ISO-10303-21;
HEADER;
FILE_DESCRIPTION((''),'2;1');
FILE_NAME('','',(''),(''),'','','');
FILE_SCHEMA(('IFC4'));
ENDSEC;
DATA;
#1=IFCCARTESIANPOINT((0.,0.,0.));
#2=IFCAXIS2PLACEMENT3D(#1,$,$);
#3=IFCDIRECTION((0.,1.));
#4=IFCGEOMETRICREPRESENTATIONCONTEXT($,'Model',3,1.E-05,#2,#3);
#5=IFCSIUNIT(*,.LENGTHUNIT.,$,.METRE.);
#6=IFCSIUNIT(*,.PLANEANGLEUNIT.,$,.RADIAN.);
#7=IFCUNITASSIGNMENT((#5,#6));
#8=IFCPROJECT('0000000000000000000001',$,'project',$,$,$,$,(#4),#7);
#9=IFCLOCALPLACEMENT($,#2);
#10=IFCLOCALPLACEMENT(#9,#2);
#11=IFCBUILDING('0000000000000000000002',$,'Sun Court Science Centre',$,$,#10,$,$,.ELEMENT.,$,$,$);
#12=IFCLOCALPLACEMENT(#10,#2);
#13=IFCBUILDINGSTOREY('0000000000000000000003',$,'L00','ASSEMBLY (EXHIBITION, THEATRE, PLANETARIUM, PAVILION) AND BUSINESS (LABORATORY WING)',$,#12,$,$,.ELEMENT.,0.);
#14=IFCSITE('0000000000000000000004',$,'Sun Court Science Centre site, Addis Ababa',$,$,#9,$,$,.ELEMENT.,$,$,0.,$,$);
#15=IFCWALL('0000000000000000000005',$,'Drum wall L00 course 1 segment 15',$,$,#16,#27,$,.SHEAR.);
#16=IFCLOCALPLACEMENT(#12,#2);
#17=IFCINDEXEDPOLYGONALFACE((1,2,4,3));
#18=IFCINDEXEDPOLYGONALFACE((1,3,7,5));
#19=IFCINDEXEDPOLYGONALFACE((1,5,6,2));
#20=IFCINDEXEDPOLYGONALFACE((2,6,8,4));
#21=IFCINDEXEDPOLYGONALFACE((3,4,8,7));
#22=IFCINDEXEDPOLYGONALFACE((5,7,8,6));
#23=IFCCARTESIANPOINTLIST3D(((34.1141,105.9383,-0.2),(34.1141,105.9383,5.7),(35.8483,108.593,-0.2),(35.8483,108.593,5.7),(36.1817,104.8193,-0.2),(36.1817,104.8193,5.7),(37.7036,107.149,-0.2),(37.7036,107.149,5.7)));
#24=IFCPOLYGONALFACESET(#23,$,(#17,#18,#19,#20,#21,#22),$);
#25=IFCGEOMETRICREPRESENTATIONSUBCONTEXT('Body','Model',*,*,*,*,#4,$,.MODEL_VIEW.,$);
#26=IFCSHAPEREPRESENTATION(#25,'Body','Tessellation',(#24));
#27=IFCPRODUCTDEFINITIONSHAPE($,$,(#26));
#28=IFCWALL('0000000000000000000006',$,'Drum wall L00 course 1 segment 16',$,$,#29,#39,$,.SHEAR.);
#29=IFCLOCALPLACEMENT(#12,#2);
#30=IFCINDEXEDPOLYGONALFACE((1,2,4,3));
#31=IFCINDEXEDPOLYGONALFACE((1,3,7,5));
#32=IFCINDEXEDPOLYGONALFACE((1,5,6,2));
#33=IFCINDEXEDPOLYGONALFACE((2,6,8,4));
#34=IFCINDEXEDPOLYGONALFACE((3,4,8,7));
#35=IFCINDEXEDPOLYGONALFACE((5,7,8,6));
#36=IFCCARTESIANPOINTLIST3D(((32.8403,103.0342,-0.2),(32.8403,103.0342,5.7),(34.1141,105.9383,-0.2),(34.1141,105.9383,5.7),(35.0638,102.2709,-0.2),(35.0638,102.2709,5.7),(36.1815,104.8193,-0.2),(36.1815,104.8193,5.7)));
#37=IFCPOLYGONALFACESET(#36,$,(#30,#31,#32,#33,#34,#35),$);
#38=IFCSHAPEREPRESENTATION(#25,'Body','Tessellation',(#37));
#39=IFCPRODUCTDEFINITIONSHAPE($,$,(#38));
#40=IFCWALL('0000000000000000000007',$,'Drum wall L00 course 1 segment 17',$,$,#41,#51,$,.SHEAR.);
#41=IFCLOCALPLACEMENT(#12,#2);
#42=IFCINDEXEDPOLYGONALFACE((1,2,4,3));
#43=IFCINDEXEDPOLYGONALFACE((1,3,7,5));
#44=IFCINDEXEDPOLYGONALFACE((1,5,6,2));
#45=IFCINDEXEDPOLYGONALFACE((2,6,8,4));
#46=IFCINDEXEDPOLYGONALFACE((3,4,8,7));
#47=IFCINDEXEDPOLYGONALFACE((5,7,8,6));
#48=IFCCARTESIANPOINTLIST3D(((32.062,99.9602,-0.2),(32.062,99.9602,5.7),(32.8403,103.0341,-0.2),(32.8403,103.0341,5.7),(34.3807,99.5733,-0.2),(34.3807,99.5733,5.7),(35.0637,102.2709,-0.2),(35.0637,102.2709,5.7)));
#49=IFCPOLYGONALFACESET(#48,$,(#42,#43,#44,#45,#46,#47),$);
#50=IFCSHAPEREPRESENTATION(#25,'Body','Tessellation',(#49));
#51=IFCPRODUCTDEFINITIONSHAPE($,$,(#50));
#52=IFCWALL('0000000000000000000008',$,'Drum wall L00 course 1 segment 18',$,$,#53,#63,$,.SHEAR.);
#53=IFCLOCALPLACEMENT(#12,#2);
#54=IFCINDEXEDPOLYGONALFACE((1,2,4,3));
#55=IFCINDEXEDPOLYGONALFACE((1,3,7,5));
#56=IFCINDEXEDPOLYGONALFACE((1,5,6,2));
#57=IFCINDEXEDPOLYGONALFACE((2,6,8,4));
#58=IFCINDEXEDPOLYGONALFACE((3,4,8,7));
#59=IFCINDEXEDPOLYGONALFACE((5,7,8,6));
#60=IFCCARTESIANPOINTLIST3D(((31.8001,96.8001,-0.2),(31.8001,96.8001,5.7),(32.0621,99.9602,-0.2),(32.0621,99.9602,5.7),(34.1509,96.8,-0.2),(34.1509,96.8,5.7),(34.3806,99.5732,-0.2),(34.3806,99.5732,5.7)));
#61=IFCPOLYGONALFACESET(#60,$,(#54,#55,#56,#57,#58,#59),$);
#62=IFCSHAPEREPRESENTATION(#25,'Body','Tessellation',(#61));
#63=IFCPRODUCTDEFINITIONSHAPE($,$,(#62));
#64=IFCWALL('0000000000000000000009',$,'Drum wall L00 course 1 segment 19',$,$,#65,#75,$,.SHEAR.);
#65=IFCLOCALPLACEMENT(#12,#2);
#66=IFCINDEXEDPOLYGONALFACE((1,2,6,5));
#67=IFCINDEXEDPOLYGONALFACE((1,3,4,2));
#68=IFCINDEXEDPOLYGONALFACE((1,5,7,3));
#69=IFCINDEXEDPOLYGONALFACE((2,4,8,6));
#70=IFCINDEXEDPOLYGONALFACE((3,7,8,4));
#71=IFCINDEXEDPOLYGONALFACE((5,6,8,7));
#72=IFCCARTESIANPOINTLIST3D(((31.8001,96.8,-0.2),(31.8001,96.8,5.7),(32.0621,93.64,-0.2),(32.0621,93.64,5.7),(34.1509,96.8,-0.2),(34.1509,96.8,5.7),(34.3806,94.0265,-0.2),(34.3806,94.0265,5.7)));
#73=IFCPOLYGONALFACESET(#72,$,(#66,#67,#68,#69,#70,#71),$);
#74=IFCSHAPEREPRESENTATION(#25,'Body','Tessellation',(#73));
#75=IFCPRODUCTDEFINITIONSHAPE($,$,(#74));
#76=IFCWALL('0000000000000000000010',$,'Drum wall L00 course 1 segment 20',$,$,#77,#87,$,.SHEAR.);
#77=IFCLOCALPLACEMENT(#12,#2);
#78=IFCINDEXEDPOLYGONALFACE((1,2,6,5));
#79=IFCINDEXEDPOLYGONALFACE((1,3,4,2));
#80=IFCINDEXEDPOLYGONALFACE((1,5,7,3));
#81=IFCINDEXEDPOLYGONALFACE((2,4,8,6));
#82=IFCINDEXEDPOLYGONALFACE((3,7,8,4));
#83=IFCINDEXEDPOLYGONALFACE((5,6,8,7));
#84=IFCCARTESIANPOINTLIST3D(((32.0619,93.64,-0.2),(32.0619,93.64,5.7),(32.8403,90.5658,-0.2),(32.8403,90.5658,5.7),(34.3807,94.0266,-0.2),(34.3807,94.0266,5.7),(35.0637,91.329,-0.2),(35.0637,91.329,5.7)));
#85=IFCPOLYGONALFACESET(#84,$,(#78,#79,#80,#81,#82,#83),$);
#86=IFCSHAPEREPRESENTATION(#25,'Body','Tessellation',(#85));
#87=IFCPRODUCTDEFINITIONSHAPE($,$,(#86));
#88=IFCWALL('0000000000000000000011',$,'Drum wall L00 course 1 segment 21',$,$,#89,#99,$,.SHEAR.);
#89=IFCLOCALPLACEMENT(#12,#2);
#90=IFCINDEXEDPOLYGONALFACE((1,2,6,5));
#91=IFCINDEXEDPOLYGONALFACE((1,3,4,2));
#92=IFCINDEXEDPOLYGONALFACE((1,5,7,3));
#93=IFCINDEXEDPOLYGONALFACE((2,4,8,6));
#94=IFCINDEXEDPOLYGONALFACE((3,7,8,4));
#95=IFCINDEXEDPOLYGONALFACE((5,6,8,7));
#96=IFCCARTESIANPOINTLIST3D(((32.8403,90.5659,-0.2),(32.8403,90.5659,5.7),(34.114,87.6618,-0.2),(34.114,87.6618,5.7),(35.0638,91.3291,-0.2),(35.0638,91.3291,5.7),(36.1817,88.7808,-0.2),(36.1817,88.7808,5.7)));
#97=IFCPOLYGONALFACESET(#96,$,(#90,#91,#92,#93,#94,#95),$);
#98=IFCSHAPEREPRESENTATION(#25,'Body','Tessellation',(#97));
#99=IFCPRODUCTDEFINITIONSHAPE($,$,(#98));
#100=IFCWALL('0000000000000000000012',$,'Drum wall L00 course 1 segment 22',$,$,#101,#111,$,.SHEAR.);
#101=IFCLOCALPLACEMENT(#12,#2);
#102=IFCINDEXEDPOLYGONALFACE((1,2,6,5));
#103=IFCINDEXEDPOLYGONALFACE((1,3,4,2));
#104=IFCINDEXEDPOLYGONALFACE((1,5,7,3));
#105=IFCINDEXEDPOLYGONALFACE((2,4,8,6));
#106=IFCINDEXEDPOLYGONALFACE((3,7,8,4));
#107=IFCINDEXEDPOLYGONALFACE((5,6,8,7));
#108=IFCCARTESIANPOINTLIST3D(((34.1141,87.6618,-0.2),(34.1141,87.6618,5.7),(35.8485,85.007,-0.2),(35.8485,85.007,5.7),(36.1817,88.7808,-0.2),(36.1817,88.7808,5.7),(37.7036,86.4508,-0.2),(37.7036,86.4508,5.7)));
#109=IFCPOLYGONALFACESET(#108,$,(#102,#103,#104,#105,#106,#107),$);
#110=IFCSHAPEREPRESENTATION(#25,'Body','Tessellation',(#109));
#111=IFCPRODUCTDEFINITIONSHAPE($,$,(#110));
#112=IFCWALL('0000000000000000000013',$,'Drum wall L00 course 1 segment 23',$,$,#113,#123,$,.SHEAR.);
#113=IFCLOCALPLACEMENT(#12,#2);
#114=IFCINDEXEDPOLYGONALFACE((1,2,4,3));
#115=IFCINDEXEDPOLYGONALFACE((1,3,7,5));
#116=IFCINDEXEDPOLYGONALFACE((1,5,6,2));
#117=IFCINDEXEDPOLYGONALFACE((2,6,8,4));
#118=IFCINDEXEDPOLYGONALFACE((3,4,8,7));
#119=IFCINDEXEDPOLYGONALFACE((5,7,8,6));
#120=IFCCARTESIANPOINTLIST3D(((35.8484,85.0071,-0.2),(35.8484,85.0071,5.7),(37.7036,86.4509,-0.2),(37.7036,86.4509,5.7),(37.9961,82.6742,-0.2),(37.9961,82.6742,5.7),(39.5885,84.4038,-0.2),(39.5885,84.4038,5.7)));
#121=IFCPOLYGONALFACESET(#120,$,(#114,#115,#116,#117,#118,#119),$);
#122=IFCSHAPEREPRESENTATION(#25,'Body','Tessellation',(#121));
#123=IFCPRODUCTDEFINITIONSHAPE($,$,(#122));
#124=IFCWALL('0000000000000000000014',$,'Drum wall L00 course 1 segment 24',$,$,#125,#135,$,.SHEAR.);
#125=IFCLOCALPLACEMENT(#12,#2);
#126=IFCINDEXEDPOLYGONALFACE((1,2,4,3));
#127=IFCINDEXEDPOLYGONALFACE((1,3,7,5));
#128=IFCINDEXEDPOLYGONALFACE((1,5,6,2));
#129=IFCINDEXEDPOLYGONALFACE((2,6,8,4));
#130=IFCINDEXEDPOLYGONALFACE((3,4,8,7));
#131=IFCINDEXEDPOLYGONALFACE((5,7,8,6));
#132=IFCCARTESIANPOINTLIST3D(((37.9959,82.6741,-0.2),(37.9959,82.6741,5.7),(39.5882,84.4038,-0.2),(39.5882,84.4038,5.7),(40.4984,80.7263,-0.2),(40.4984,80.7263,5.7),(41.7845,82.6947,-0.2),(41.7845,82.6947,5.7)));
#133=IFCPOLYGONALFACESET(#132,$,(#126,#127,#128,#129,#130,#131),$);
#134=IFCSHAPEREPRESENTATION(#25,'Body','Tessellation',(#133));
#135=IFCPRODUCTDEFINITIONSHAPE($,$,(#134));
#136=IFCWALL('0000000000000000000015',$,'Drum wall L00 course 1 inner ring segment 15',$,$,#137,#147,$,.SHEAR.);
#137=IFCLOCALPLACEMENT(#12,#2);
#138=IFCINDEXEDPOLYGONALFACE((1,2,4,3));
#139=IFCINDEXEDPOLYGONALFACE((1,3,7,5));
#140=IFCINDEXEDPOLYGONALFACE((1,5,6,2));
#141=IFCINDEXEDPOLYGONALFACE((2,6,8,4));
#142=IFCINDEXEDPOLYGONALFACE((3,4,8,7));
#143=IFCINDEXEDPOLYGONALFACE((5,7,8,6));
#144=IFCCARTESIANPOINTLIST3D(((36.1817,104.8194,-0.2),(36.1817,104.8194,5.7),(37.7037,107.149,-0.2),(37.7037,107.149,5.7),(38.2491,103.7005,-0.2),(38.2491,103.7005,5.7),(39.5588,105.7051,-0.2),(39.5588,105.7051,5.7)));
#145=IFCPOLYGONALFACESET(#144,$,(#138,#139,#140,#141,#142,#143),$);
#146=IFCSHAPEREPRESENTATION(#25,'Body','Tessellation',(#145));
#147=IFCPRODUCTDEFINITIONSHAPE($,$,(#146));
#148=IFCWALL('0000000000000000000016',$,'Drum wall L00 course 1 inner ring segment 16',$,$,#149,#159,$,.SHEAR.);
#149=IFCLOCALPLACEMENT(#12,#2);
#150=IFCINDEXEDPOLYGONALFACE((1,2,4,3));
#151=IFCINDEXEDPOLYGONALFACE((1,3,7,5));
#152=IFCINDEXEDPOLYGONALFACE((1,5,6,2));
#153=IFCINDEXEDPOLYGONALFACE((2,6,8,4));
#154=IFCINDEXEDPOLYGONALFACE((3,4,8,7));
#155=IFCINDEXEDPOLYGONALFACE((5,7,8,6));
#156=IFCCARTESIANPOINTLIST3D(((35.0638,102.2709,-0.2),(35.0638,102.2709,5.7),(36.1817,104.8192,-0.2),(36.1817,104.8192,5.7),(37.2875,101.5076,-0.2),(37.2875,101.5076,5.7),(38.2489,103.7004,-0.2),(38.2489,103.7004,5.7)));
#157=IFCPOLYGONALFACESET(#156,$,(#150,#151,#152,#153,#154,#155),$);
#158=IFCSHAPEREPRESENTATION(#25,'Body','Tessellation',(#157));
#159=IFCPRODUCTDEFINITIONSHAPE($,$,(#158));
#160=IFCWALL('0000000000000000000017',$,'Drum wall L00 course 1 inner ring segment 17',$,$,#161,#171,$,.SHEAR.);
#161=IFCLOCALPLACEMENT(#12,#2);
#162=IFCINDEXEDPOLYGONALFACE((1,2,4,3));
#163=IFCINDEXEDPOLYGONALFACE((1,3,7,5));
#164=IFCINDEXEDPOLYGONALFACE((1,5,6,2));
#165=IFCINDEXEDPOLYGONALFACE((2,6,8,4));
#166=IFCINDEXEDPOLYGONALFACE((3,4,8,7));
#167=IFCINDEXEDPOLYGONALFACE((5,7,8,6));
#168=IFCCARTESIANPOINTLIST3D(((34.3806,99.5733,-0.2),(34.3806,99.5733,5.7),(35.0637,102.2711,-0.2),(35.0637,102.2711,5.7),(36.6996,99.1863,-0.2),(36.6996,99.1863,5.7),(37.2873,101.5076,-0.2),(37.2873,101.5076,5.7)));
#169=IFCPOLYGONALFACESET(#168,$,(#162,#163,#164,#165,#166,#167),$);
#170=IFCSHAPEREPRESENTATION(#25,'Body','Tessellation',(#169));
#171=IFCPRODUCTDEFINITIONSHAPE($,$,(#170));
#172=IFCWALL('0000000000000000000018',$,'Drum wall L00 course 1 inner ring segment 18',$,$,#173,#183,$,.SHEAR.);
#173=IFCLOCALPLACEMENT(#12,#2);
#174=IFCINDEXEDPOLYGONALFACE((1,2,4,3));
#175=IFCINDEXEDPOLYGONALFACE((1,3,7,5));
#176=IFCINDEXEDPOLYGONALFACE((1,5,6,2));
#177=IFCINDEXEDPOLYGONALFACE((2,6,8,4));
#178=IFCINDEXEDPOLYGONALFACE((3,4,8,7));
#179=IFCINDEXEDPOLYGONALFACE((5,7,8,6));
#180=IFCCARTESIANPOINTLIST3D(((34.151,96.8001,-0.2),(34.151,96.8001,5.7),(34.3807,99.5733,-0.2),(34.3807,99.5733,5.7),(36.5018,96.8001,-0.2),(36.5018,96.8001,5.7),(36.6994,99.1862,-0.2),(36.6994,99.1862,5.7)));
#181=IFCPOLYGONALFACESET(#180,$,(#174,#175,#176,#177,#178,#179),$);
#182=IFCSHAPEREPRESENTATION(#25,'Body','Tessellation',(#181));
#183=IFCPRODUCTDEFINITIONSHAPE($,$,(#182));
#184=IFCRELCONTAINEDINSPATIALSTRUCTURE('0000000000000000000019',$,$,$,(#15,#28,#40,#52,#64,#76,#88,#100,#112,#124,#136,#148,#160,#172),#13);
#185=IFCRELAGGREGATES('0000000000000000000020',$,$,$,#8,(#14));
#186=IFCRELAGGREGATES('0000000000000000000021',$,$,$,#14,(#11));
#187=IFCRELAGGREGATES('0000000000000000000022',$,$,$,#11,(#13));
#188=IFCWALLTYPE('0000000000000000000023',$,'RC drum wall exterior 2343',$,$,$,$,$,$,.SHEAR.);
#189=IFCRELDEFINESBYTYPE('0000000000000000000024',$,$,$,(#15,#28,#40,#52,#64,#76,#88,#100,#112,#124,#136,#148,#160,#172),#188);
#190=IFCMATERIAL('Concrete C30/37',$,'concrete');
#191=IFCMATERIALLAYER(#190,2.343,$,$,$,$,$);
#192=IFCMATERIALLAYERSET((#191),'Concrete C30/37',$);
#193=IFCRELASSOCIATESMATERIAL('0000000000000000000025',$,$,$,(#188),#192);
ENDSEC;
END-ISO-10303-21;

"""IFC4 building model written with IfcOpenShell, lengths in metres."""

from ifc_helpers import new_model, si_unit, direction, frame, origin, place, context, subcontext, project, spatial, polyline, outline, extrude, material, layer, layer_set, type_object, element, save


model = new_model("IFC4")

# Units and contexts
model_context = context("Model", 3, precision=1e-05, world=origin(), true_north=direction((0.0, 1.0)))
body_context = subcontext(model_context, "Body", "Model", "MODEL_VIEW")
ifc_project = project(units=[si_unit("LENGTHUNIT", "METRE"), si_unit("PLANEANGLEUNIT", "RADIAN")], contexts=[model_context])

# Site, building, storey
site_placement = place(None, origin())
site = spatial("IfcSite", under=ifc_project, at=site_placement, Name="Sun Court Science Centre site, Addis Ababa", CompositionType="ELEMENT", RefElevation=0.0)
building_placement = place(site_placement, origin())
building = spatial("IfcBuilding", under=site, at=building_placement, Name="Sun Court Science Centre", CompositionType="ELEMENT")
storey_placement = place(building_placement, origin())
storey = spatial("IfcBuildingStorey", under=building, at=storey_placement, Name="L00", Description="ASSEMBLY (EXHIBITION, THEATRE, PLANETARIUM, PAVILION) AND BUSINESS (LABORATORY WING)", CompositionType="ELEMENT", Elevation=0.0)

# Walls
ifc_material_1 = material(Name="Concrete C30/37", Category="concrete")
ifc_layer_1 = layer(ifc_material_1, 2.343)
ifc_layer_set_1 = layer_set([ifc_layer_1], Name="Concrete C30/37")
wall_type_1 = type_object("IfcWallType", Name="RC drum wall exterior 2343", PredefinedType="SHEAR", material=ifc_layer_set_1)
wall_1_placement = place(storey_placement, frame((36.8291, 107.9521, -0.2), z_axis=(0.0, 0.0, 1.0), x_axis=(-0.546965, -0.837155, 0.0)))
element("IfcWall", 1, at=wall_1_placement, inside=storey, type_object=wall_type_1, Name="Drum wall L00 course 1 segment 15", PredefinedType="SHEAR", context=body_context, shape_type="SweptSolid", body=[
    extrude(outline(polyline([(0.0, -1.1716), (3.1709, -1.1714), (2.9768, 1.1716), (0.1941, 1.1714), (0.0, -1.1716)])), origin(), (0.0, 0.0, 1.0), 5.8999),
])
wall_2_placement = place(storey_placement, frame((35.1868, 105.4675, -0.2), z_axis=(0.0, 0.0, 1.0), x_axis=(-0.401683, -0.915779, 0.0)))
element("IfcWall", 2, at=wall_2_placement, inside=storey, type_object=wall_type_1, Name="Drum wall L00 course 1 segment 16", PredefinedType="SHEAR", context=body_context, shape_type="SweptSolid", body=[
    extrude(outline(polyline([(-0.0002, -1.1714), (3.1709, -1.1714), (2.9768, 1.1714), (0.1941, 1.1714), (-0.0002, -1.1714)])), origin(), (0.0, 0.0, 1.0), 5.8999),
])
wall_3_placement = place(storey_placement, frame((33.9758, 102.7466, -0.2), z_axis=(0.0, 0.0, 1.0), x_axis=(-0.245451, -0.969409, 0.0)))
element("IfcWall", 3, at=wall_3_placement, inside=storey, type_object=wall_type_1, Name="Drum wall L00 course 1 segment 17", PredefinedType="SHEAR", context=body_context, shape_type="SweptSolid", body=[
    extrude(outline(polyline([(0.0, -1.1714), (3.1709, -1.1714), (2.9768, 1.1714), (0.1941, 1.1714), (0.0, -1.1714)])), origin(), (0.0, 0.0, 1.0), 5.8999),
])
wall_4_placement = place(storey_placement, frame((33.2292, 99.8635, -0.2), z_axis=(0.0, 0.0, 1.0), x_axis=(-0.082536, -0.996588, 0.0)))
element("IfcWall", 4, at=wall_4_placement, inside=storey, type_object=wall_type_1, Name="Drum wall L00 course 1 segment 18", PredefinedType="SHEAR", context=body_context, shape_type="SweptSolid", body=[
    extrude(outline(polyline([(0.0, -1.1711), (3.1709, -1.1714), (2.9771, 1.1714), (0.1943, 1.1714), (0.0, -1.1711)])), origin(), (0.0, 0.0, 1.0), 5.8999),
])
wall_5_placement = place(storey_placement, frame((32.9675, 96.8967, -0.2), z_axis=(0.0, 0.0, 1.0), x_axis=(0.082536, -0.996588, 0.0)))
element("IfcWall", 5, at=wall_5_placement, inside=storey, type_object=wall_type_1, Name="Drum wall L00 course 1 segment 19", PredefinedType="SHEAR", context=body_context, shape_type="SweptSolid", body=[
    extrude(outline(polyline([(0.0, -1.1714), (3.1709, -1.1711), (2.9771, 1.1714), (0.1941, 1.1714), (0.0, -1.1714)])), origin(), (0.0, 0.0, 1.0), 5.8999),
])
wall_6_placement = place(storey_placement, frame((33.1975, 93.9272, -0.2), z_axis=(0.0, 0.0, 1.0), x_axis=(0.245451, -0.969409, 0.0)))
element("IfcWall", 6, at=wall_6_placement, inside=storey, type_object=wall_type_1, Name="Drum wall L00 course 1 segment 20", PredefinedType="SHEAR", context=body_context, shape_type="SweptSolid", body=[
    extrude(outline(polyline([(-0.0002, -1.1714), (3.1709, -1.1714), (2.9768, 1.1714), (0.1941, 1.1714), (-0.0002, -1.1714)])), origin(), (0.0, 0.0, 1.0), 5.8999),
])
wall_7_placement = place(storey_placement, frame((33.9131, 91.0364, -0.2), z_axis=(0.0, 0.0, 1.0), x_axis=(0.401655, -0.915791, 0.0)))
element("IfcWall", 7, at=wall_7_placement, inside=storey, type_object=wall_type_1, Name="Drum wall L00 course 1 segment 21", PredefinedType="SHEAR", context=body_context, shape_type="SweptSolid", body=[
    extrude(outline(polyline([(0.0, -1.1714), (3.1711, -1.1714), (2.9768, 1.1716), (0.1941, 1.1714), (0.0, -1.1714)])), origin(), (0.0, 0.0, 1.0), 5.8999),
])
wall_8_placement = place(storey_placement, frame((35.0947, 88.3025, -0.2), z_axis=(0.0, 0.0, 1.0), x_axis=(0.54693, -0.837178, 0.0)))
element("IfcWall", 8, at=wall_8_placement, inside=storey, type_object=wall_type_1, Name="Drum wall L00 course 1 segment 22", PredefinedType="SHEAR", context=body_context, shape_type="SweptSolid", body=[
    extrude(outline(polyline([(0.0, -1.1714), (3.1711, -1.1714), (2.9771, 1.1714), (0.1941, 1.1716), (0.0, -1.1714)])), origin(), (0.0, 0.0, 1.0), 5.8999),
])
wall_9_placement = place(storey_placement, frame((36.7104, 85.8005, -0.2), z_axis=(0.0, 0.0, 1.0), x_axis=(0.677243, -0.735759, 0.0)))
element("IfcWall", 9, at=wall_9_placement, inside=storey, type_object=wall_type_1, Name="Drum wall L00 course 1 segment 23", PredefinedType="SHEAR", context=body_context, shape_type="SweptSolid", body=[
    extrude(outline(polyline([(0.0, -1.1716), (3.1709, -1.1714), (2.9768, 1.1716), (0.1941, 1.1711), (0.0, -1.1716)])), origin(), (0.0, 0.0, 1.0), 5.8999),
])
wall_10_placement = place(storey_placement, frame((38.7156, 83.5986, -0.2), z_axis=(0.0, 0.0, 1.0), x_axis=(0.789137, -0.614218, 0.0)))
element("IfcWall", 10, at=wall_10_placement, inside=storey, type_object=wall_type_1, Name="Drum wall L00 course 1 segment 24", PredefinedType="SHEAR", context=body_context, shape_type="SweptSolid", body=[
    extrude(outline(polyline([(0.0, -1.1716), (3.1711, -1.1716), (2.9771, 1.1716), (0.1941, 1.1714), (0.0, -1.1716)])), origin(), (0.0, 0.0, 1.0), 5.8999),
])
wall_11_placement = place(storey_placement, frame((38.6843, 106.5083, -0.2), z_axis=(0.0, 0.0, 1.0), x_axis=(-0.546942, -0.83717, 0.0)))
element("IfcWall", 11, at=wall_11_placement, inside=storey, type_object=wall_type_1, Name="Drum wall L00 course 1 inner ring segment 15", PredefinedType="SHEAR", context=body_context, shape_type="SweptSolid", body=[
    extrude(outline(polyline([(0.0, -1.1714), (2.7827, -1.1714), (2.5886, 1.1714), (0.1941, 1.1714), (0.0, -1.1714)])), origin(), (0.0, 0.0, 1.0), 5.8999),
])
wall_12_placement = place(storey_placement, frame((37.2544, 104.3486, -0.2), z_axis=(0.0, 0.0, 1.0), x_axis=(-0.40173, -0.915758, 0.0)))
element("IfcWall", 12, at=wall_12_placement, inside=storey, type_object=wall_type_1, Name="Drum wall L00 course 1 inner ring segment 16", PredefinedType="SHEAR", context=body_context, shape_type="SweptSolid", body=[
    extrude(outline(polyline([(0.0, -1.1714), (2.7827, -1.1714), (2.5884, 1.1716), (0.1941, 1.1711), (0.0, -1.1714)])), origin(), (0.0, 0.0, 1.0), 5.8999),
])
wall_13_placement = place(storey_placement, frame((36.1995, 101.9834, -0.2), z_axis=(0.0, 0.0, 1.0), x_axis=(-0.245548, -0.969384, 0.0)))
element("IfcWall", 13, at=wall_13_placement, inside=storey, type_object=wall_type_1, Name="Drum wall L00 course 1 inner ring segment 17", PredefinedType="SHEAR", context=body_context, shape_type="SweptSolid", body=[
    extrude(outline(polyline([(0.0, -1.1716), (2.783, -1.1714), (2.5886, 1.1716), (0.1941, 1.1714), (0.0, -1.1716)])), origin(), (0.0, 0.0, 1.0), 5.8999),
])
wall_14_placement = place(storey_placement, frame((35.5481, 99.4766, -0.2), z_axis=(0.0, 0.0, 1.0), x_axis=(-0.082559, -0.996586, 0.0)))
element("IfcWall", 14, at=wall_14_placement, inside=storey, type_object=wall_type_1, Name="Drum wall L00 course 1 inner ring segment 18", PredefinedType="SHEAR", context=body_context, shape_type="SweptSolid", body=[
    extrude(outline(polyline([(0.0, -1.1714), (2.7827, -1.1714), (2.5886, 1.1714), (0.1943, 1.1714), (0.0, -1.1714)])), origin(), (0.0, 0.0, 1.0), 5.8999),
])

save(model, "model.ifc")
